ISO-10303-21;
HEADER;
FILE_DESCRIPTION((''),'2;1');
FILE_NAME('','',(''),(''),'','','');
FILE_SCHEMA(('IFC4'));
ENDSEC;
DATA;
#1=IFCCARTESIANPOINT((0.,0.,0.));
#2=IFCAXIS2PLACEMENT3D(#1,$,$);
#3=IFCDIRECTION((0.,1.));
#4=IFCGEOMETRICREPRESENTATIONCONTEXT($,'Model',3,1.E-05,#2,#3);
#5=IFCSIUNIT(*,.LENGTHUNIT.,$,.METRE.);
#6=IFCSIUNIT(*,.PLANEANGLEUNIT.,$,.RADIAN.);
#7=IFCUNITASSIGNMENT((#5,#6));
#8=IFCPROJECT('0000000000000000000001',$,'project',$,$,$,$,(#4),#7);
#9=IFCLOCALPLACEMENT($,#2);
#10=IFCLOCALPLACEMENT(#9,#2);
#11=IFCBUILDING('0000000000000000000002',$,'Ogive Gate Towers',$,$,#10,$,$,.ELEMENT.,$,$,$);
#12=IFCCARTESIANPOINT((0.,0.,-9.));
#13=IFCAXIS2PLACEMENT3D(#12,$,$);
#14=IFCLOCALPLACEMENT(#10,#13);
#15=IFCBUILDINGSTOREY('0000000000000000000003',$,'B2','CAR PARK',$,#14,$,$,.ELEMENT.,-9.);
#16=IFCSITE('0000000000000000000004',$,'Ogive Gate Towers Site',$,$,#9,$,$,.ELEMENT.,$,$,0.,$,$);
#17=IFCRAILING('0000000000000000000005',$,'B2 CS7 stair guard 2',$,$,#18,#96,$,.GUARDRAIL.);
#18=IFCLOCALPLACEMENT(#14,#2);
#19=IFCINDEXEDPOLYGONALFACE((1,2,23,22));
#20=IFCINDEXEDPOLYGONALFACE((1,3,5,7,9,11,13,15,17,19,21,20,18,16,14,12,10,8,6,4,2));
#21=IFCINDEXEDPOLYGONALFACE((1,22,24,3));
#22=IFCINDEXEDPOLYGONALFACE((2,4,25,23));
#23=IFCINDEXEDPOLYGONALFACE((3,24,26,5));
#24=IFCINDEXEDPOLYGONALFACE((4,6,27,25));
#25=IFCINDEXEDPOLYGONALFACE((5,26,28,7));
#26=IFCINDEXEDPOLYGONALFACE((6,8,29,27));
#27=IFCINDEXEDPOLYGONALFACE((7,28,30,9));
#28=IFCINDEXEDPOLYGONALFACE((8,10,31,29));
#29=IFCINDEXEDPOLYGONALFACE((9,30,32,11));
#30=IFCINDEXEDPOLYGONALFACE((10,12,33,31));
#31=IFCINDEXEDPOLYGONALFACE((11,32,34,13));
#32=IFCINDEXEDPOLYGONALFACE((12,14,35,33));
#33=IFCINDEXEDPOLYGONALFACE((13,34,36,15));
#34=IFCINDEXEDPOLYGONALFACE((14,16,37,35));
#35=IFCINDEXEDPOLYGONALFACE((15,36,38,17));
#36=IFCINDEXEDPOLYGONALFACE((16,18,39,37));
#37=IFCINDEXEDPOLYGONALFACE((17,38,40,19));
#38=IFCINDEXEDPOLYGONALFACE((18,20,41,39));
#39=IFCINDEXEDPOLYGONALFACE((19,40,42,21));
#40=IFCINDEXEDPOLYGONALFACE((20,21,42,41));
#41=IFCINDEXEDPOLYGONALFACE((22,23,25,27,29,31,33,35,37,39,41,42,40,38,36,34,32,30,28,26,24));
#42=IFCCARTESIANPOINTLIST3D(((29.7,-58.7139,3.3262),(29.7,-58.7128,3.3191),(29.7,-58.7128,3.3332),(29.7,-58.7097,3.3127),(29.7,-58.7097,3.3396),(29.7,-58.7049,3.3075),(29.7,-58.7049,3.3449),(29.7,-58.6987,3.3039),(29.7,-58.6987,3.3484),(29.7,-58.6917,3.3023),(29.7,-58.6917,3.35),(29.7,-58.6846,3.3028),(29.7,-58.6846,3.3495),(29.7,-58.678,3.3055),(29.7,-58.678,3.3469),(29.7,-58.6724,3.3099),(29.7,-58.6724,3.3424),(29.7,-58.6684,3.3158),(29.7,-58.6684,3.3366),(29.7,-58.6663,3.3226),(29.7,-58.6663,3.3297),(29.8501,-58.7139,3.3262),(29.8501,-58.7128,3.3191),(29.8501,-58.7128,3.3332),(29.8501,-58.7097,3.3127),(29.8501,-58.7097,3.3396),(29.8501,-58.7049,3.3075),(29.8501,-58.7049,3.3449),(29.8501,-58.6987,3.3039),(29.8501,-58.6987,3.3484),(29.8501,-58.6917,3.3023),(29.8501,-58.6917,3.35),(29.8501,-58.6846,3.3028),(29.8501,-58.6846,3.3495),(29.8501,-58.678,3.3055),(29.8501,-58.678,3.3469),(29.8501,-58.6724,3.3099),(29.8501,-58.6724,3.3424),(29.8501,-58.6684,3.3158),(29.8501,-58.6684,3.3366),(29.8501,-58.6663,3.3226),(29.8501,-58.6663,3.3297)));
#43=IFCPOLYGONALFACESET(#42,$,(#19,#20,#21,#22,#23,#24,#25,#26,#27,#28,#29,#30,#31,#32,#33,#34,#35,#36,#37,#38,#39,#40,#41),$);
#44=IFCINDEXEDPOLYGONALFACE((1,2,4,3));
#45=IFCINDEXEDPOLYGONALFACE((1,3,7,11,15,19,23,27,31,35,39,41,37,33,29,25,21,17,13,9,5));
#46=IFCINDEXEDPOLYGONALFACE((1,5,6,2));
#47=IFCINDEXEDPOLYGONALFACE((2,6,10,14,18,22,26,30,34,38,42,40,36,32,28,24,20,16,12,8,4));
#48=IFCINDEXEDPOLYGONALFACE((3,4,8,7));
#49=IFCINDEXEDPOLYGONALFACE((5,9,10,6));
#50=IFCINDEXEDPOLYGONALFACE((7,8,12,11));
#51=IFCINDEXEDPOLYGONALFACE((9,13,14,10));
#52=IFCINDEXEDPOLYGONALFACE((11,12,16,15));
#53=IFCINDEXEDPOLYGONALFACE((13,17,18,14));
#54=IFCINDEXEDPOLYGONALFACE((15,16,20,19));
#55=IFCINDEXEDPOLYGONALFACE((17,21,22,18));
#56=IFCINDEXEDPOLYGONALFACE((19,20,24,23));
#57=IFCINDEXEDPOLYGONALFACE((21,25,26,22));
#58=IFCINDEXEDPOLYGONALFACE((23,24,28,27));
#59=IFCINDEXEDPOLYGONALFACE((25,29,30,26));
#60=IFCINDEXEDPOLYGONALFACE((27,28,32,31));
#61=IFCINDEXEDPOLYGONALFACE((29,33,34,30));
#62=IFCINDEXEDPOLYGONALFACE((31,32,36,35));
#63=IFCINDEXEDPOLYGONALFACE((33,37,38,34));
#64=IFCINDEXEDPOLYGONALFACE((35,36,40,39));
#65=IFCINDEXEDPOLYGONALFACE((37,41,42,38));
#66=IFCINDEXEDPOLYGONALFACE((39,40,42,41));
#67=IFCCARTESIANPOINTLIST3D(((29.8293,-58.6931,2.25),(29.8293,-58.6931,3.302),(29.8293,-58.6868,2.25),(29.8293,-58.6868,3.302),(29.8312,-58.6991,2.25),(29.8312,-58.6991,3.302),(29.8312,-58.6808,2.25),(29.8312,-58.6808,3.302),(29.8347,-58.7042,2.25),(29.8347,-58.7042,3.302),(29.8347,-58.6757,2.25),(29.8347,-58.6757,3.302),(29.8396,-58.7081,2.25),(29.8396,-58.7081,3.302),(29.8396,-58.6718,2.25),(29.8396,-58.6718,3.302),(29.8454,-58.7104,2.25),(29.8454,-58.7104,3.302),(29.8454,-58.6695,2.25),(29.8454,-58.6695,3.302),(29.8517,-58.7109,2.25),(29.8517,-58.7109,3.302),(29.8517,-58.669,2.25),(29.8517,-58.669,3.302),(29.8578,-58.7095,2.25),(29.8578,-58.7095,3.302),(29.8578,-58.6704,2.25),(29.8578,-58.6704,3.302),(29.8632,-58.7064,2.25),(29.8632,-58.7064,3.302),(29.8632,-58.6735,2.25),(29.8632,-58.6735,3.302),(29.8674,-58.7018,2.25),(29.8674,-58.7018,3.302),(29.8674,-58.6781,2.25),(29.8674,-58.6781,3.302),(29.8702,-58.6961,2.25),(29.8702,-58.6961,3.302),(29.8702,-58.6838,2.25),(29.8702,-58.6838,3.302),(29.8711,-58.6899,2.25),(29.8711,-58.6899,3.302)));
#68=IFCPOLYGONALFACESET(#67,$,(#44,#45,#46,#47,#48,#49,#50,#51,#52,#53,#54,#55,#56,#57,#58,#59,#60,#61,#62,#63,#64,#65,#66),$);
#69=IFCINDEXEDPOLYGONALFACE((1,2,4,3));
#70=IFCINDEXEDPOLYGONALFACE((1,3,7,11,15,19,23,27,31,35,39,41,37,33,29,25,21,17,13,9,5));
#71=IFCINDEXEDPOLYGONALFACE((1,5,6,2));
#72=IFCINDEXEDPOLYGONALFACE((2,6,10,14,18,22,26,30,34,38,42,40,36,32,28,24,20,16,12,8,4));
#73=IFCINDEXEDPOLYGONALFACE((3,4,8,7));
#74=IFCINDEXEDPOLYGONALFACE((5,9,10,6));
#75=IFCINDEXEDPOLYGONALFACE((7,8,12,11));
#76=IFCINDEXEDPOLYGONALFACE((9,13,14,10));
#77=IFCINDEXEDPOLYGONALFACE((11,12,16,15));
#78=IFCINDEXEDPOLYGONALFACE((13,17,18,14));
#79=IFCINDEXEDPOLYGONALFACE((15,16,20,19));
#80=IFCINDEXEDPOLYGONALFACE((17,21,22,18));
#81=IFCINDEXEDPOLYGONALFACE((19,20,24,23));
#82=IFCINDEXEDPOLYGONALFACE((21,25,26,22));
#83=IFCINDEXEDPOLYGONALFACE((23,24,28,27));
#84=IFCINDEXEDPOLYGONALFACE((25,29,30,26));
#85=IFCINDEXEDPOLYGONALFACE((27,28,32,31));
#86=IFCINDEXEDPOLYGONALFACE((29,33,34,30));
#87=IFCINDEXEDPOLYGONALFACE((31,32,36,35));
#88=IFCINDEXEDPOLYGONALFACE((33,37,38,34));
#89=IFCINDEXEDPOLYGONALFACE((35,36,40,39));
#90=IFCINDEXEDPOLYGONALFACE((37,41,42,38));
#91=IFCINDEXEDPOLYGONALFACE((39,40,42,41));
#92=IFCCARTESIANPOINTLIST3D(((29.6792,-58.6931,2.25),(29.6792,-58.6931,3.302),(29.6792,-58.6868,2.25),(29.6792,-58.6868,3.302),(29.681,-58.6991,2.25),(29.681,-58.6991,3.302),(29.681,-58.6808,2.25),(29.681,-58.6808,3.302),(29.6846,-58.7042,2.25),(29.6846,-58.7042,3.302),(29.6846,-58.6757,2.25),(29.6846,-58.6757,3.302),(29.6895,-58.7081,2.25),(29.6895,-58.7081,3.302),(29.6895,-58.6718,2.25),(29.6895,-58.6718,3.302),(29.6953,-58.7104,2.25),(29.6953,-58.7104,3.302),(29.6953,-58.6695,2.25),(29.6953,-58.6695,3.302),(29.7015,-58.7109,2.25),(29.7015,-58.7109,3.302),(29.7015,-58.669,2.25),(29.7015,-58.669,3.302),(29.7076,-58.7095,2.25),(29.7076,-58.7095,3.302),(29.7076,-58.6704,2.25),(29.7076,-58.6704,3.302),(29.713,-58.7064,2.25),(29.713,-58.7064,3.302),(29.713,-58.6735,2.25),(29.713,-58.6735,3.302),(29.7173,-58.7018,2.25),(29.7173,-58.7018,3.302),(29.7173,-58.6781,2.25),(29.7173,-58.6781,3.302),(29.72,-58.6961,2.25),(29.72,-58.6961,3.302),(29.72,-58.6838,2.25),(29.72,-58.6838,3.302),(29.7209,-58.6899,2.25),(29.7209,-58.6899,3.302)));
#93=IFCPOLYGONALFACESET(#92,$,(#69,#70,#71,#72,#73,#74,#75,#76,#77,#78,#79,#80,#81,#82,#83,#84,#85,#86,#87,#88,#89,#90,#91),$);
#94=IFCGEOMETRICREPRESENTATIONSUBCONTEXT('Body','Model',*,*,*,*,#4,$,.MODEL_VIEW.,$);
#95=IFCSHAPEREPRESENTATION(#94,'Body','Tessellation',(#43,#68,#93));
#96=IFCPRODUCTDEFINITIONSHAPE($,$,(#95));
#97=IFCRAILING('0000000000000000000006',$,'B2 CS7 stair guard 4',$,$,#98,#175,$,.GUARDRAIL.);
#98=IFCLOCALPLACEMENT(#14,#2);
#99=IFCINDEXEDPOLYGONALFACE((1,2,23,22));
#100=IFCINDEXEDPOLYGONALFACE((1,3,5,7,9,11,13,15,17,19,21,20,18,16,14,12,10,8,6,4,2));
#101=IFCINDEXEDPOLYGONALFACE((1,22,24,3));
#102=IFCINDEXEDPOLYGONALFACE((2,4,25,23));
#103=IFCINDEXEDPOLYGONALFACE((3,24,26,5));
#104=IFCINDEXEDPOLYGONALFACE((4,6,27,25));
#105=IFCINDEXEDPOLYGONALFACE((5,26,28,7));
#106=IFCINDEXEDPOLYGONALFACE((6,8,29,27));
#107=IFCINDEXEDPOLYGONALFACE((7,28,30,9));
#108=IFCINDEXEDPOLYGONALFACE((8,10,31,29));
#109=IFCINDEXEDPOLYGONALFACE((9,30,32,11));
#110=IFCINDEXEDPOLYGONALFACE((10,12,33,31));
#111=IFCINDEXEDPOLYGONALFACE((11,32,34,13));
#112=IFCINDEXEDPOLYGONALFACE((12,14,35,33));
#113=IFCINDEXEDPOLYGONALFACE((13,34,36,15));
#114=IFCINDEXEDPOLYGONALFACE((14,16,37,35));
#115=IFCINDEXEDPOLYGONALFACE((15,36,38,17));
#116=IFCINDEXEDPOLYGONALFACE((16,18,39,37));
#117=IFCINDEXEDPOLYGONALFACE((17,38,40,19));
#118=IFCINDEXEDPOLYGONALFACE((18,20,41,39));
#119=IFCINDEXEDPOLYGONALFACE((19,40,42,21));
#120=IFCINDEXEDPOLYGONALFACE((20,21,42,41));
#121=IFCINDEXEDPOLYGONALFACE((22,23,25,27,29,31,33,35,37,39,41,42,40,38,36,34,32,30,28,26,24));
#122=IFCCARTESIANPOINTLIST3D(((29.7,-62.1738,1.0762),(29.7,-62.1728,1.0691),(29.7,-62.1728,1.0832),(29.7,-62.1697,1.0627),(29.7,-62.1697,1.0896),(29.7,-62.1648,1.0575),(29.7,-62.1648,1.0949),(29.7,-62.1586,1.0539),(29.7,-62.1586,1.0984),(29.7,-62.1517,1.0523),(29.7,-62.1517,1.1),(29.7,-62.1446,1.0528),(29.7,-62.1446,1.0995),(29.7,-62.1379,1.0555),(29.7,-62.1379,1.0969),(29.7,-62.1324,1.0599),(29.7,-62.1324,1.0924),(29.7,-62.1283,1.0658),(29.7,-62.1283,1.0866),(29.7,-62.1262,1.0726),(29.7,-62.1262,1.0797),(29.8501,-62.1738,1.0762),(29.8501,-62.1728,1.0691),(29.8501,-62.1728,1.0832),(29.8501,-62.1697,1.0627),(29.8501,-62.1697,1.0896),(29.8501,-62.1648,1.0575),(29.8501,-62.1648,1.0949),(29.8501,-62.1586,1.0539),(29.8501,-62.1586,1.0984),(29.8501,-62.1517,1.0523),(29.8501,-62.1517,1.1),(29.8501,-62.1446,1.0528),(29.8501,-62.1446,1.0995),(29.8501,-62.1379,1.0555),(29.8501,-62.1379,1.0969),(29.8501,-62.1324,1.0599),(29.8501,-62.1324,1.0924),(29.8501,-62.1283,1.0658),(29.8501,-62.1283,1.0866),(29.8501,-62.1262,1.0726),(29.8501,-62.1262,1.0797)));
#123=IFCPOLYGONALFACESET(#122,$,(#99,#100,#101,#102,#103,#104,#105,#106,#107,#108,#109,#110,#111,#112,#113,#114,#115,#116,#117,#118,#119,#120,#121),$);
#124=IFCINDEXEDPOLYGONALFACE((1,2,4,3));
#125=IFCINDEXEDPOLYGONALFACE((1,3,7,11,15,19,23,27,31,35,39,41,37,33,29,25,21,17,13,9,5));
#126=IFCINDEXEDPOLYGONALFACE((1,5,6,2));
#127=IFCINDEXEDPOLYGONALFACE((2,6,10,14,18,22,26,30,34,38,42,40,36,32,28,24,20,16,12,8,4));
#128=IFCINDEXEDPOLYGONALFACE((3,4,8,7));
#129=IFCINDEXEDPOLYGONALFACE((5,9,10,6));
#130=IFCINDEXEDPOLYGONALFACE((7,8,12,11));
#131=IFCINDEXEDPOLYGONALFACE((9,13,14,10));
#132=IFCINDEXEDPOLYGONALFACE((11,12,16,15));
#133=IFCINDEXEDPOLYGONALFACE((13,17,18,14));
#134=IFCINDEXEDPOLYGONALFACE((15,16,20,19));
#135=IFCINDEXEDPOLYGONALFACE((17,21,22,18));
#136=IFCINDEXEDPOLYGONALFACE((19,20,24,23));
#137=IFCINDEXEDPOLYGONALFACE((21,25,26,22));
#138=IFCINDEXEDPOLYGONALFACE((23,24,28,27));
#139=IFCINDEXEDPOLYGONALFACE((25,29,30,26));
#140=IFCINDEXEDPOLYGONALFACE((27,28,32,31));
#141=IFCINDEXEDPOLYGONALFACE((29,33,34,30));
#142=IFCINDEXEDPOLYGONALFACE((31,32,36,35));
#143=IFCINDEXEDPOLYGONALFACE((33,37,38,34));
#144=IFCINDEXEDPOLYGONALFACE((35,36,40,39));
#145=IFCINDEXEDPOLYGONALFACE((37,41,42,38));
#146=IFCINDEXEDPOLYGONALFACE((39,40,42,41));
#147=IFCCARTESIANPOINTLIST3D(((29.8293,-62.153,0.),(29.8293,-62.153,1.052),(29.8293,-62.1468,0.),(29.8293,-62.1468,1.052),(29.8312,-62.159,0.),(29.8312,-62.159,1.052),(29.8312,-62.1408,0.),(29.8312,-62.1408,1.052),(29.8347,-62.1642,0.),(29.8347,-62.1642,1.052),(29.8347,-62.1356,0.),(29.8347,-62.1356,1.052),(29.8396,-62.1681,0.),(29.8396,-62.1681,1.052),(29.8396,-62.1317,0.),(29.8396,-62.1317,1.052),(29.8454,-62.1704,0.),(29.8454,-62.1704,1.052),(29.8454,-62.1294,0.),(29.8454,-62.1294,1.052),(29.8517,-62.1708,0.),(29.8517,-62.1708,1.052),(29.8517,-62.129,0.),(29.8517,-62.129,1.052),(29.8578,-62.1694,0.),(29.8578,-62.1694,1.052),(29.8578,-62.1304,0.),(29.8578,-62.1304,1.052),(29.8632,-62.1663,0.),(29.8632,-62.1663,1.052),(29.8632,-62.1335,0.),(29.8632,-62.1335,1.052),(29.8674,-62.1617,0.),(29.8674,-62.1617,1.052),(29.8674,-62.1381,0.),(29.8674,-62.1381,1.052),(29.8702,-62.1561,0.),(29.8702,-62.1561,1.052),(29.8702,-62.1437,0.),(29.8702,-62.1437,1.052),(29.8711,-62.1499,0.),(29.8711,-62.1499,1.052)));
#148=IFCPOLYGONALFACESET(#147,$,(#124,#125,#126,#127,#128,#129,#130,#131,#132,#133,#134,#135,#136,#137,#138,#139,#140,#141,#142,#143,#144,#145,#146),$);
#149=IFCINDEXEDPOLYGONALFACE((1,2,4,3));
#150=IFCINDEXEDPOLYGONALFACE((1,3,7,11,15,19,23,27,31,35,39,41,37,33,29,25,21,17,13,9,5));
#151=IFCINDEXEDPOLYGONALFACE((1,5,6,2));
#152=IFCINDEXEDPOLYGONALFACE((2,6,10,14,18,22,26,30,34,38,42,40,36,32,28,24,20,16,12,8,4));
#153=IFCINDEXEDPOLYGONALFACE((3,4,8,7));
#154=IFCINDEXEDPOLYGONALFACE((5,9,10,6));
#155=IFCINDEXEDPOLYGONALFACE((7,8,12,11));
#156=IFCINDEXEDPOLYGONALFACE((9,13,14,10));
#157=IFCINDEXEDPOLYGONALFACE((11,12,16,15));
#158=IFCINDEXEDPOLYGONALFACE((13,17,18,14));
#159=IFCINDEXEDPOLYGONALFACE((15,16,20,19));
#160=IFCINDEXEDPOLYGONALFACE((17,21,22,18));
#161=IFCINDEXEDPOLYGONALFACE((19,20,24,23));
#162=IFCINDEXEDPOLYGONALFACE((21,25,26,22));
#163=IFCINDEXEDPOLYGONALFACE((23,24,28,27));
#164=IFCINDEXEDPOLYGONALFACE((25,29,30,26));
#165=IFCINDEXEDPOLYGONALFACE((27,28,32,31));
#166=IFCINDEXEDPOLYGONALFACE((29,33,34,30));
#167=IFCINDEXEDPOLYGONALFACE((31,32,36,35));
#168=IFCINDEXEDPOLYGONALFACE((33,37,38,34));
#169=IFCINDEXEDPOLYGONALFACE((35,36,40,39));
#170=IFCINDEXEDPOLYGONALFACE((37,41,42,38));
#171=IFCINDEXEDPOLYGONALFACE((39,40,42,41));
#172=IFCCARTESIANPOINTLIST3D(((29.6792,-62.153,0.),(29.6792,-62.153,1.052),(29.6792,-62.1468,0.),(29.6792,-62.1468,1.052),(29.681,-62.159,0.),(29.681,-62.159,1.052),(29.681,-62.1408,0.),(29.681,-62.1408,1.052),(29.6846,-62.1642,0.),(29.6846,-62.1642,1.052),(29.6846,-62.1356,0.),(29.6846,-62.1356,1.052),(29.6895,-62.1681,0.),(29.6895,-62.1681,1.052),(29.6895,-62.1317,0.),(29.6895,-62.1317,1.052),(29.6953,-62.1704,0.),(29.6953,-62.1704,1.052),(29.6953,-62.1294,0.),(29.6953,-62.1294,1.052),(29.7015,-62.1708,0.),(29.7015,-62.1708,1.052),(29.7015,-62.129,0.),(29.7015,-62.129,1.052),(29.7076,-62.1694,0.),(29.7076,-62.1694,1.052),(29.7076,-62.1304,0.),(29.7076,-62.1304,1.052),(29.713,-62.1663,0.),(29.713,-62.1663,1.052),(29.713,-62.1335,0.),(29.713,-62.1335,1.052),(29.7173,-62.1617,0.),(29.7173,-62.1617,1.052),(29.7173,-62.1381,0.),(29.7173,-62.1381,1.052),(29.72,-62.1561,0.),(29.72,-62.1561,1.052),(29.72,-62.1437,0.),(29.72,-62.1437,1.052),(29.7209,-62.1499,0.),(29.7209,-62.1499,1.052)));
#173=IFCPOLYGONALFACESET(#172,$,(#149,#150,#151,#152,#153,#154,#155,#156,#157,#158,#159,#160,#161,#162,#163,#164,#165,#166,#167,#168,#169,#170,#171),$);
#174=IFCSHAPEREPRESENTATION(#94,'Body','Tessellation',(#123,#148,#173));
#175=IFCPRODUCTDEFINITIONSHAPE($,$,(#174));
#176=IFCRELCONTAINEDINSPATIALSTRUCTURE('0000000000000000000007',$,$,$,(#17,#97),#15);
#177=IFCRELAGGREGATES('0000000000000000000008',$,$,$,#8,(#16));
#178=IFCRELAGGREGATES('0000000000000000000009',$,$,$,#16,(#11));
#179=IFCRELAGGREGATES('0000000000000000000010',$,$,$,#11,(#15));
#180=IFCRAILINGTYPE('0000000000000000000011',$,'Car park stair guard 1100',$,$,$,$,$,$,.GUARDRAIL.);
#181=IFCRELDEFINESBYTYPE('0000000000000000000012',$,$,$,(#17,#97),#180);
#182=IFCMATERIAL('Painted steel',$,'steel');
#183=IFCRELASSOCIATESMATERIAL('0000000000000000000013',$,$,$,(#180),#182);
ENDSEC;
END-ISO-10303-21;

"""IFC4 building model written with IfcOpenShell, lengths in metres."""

from ifc_helpers import new_model, si_unit, direction, frame, origin, origin_2d, place, context, subcontext, project, spatial, circle, extrude, material, type_object, element, save


model = new_model("IFC4")

# Units and contexts
model_context = context("Model", 3, precision=1e-05, world=origin(), true_north=direction((0.0, 1.0)))
body_context = subcontext(model_context, "Body", "Model", "MODEL_VIEW")
ifc_project = project(units=[si_unit("LENGTHUNIT", "METRE"), si_unit("PLANEANGLEUNIT", "RADIAN")], contexts=[model_context])

# Site, building, storey
site_placement = place(None, origin())
site = spatial("IfcSite", under=ifc_project, at=site_placement, Name="Ogive Gate Towers Site", CompositionType="ELEMENT", RefElevation=0.0)
building_placement = place(site_placement, origin())
building = spatial("IfcBuilding", under=site, at=building_placement, Name="Ogive Gate Towers", CompositionType="ELEMENT")
storey_placement = place(building_placement, frame((0.0, 0.0, -9.0)))
storey = spatial("IfcBuildingStorey", under=building, at=storey_placement, Name="B2", Description="CAR PARK", CompositionType="ELEMENT", Elevation=-9.0)

# Railings
ifc_material_1 = material(Name="Painted steel", Category="steel")
railing_type_1 = type_object("IfcRailingType", Name="Car park stair guard 1100", PredefinedType="GUARDRAIL", material=ifc_material_1)
for number, where, name in (
    (1, (29.8501, -58.6899, 2.25), "B2 CS7 stair guard 2"),
    (2, (29.8501, -62.1499, 0.0), "B2 CS7 stair guard 4"),
):
    element("IfcRailing", number, at=place(storey_placement, frame(where)), inside=storey, type_object=railing_type_1, Name=name, PredefinedType="GUARDRAIL", context=body_context, shape_type="SweptSolid", body=[
        extrude(circle(Radius=0.0239, at=origin_2d()), frame((0.0, 0.0, 1.0762), z_axis=(-1.0, 0.0, 0.0), x_axis=(0.0, -1.0, 0.0)), (0.0, 0.0, 1.0), 0.1501),
        extrude(circle(Radius=0.021, at=origin_2d()), origin(), (0.0, 0.0, 1.0), 1.052),
        extrude(circle(Radius=0.021, at=origin_2d()), frame((-0.1501, 0.0, 0.0)), (0.0, 0.0, 1.0), 1.052),
    ])

save(model, "model.ifc")
